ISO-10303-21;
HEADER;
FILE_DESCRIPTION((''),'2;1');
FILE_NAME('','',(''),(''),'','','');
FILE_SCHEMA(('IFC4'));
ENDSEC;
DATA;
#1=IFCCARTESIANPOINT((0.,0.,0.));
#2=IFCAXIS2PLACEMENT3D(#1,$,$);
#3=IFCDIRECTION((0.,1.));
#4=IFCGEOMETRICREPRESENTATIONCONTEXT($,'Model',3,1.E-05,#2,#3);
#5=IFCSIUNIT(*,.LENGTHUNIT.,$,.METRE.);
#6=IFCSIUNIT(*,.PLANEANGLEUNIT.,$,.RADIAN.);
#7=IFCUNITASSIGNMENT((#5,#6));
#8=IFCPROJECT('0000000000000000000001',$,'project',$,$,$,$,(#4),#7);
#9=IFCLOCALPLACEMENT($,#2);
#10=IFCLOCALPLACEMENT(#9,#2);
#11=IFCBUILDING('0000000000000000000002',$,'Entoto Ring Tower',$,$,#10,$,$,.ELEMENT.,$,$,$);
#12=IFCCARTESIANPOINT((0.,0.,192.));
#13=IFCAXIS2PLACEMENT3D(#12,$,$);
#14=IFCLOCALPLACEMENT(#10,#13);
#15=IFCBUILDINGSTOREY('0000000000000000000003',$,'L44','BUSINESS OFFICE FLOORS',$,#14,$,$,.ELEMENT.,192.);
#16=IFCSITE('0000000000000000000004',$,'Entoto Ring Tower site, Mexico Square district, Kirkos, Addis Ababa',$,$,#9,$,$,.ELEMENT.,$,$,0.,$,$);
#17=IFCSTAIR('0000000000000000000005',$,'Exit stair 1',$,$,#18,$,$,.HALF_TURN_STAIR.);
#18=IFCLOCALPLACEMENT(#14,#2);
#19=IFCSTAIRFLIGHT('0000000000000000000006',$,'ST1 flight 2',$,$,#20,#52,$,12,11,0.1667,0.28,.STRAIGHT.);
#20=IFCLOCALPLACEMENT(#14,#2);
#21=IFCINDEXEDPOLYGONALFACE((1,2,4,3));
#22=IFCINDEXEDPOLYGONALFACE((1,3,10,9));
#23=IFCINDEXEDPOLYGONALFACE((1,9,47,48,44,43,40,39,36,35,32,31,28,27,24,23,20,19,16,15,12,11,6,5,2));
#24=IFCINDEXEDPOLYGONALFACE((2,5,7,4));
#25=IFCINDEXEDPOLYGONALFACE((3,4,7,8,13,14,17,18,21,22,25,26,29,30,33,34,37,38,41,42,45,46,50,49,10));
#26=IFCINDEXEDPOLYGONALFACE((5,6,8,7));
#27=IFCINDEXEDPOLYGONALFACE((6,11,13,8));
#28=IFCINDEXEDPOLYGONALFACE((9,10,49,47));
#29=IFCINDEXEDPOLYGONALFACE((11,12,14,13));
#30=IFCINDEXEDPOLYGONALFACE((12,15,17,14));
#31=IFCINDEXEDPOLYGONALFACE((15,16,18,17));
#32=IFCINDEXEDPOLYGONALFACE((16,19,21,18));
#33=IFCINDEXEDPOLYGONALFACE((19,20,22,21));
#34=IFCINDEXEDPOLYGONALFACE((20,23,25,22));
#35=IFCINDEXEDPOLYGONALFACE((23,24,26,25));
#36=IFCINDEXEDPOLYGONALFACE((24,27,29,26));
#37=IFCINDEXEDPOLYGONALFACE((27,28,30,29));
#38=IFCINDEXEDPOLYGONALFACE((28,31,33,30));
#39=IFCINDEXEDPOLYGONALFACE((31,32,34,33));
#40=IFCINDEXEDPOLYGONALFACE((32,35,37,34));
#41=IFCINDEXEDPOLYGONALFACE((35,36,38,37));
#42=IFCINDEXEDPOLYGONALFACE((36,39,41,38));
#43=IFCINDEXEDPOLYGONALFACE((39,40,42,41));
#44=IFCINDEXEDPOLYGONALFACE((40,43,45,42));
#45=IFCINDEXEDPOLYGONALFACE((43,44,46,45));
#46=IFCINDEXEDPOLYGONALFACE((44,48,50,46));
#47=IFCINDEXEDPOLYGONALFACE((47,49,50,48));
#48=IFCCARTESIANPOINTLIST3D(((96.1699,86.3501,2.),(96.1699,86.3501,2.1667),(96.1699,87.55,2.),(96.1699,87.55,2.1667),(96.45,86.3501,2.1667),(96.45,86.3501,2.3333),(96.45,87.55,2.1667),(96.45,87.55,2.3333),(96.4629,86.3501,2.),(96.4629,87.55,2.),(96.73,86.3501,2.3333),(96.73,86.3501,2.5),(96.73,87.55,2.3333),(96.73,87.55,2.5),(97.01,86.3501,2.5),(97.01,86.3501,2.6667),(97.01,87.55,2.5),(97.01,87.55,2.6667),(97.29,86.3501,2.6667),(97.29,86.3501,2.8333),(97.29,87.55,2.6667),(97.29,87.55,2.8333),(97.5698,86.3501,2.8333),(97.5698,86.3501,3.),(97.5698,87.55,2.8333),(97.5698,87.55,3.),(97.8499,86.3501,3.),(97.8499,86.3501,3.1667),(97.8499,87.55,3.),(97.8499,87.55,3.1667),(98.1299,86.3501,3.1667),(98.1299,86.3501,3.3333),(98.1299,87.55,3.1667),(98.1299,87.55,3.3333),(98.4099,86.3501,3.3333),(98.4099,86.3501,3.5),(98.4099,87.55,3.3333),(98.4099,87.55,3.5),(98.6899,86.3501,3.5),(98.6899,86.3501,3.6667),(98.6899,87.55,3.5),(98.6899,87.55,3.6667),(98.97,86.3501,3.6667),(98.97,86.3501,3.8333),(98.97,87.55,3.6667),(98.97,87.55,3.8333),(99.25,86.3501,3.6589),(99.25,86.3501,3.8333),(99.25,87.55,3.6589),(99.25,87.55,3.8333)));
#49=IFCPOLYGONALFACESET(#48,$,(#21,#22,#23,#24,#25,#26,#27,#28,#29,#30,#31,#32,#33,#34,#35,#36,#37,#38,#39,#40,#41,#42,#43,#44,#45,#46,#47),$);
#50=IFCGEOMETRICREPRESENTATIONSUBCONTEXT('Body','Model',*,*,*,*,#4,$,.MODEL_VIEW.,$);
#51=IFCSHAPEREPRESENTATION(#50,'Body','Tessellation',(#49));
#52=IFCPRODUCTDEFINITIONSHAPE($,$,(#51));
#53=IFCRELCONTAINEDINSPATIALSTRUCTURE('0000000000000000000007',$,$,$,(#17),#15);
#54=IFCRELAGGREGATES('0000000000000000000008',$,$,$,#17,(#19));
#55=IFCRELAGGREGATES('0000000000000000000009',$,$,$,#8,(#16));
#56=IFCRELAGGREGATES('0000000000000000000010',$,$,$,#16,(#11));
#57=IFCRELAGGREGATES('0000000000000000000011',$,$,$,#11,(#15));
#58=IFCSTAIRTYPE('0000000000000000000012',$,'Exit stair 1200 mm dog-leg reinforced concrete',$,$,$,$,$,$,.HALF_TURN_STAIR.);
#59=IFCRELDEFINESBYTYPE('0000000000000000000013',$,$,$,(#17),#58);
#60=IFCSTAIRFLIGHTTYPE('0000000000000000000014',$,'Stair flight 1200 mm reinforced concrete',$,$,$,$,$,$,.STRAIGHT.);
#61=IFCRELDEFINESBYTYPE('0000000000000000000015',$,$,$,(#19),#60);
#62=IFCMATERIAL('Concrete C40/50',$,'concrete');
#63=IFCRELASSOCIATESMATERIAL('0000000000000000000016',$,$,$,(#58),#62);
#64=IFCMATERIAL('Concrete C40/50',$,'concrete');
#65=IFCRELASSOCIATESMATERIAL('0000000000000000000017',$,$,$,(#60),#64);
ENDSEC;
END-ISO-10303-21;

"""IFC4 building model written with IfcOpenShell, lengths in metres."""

from ifc_helpers import new_model, si_unit, direction, frame, origin, place, context, subcontext, project, spatial, polyline, outline, extrude, material, type_object, element, aggregate, save


model = new_model("IFC4")

# Units and contexts
model_context = context("Model", 3, precision=1e-05, world=origin(), true_north=direction((0.0, 1.0)))
body_context = subcontext(model_context, "Body", "Model", "MODEL_VIEW")
ifc_project = project(units=[si_unit("LENGTHUNIT", "METRE"), si_unit("PLANEANGLEUNIT", "RADIAN")], contexts=[model_context])

# Site, building, storey
site_placement = place(None, origin())
site = spatial("IfcSite", under=ifc_project, at=site_placement, Name="Entoto Ring Tower site, Mexico Square district, Kirkos, Addis Ababa", CompositionType="ELEMENT", RefElevation=0.0)
building_placement = place(site_placement, origin())
building = spatial("IfcBuilding", under=site, at=building_placement, Name="Entoto Ring Tower", CompositionType="ELEMENT")
storey_placement = place(building_placement, frame((0.0, 0.0, 192.0)))
storey = spatial("IfcBuildingStorey", under=building, at=storey_placement, Name="L44", Description="BUSINESS OFFICE FLOORS", CompositionType="ELEMENT", Elevation=192.0)

# Stair, stair flight
ifc_material_1 = material(Name="Concrete C40/50", Category="concrete")
stair_type = type_object("IfcStairType", Name="Exit stair 1200 mm dog-leg reinforced concrete", PredefinedType="HALF_TURN_STAIR", material=ifc_material_1)
stair_placement = place(storey_placement, origin())
stair = element("IfcStair", 1, at=stair_placement, inside=storey, type_object=stair_type, Name="Exit stair 1", PredefinedType="HALF_TURN_STAIR")
ifc_material_2 = material(Name="Concrete C40/50", Category="concrete")
stair_flight_type = type_object("IfcStairFlightType", Name="Stair flight 1200 mm reinforced concrete", PredefinedType="STRAIGHT", material=ifc_material_2)
stair_flight_1_placement = place(storey_placement, frame((96.1699, 86.95, 2.0), z_axis=(0.0, 0.0, 1.0), x_axis=(1.0, 0.0, 0.0)))
stair_flight_1 = element("IfcStairFlight", 2, at=stair_flight_1_placement, type_object=stair_flight_type, Name="ST1 flight 2", NumberOfRisers=12, NumberOfTreads=11, PredefinedType="STRAIGHT", RiserHeight=0.1667, TreadLength=0.28, context=body_context, shape_type="SweptSolid", body=[
    extrude(outline(polyline([(0.0, 0.0), (0.0, 0.1667), (0.28, 0.1667), (0.28, 0.3333), (0.5601, 0.3333), (0.5601, 0.5), (0.8401, 0.5), (0.8401, 0.6667), (1.1201, 0.6667), (1.1201, 0.8333), (1.3999, 0.8333), (1.3999, 1.0), (1.6799, 1.0), (1.6799, 1.1667), (1.96, 1.1667), (1.96, 1.3333), (2.24, 1.3333), (2.24, 1.5), (2.52, 1.5), (2.52, 1.6667), (2.8, 1.6667), (2.8, 1.8333), (3.0801, 1.8333), (3.0801, 2.0), (3.0801, 1.6589), (0.293, 0.0), (0.0, 0.0)])), frame((0.0, 0.6001, 0.0), z_axis=(0.0, -1.0, 0.0), x_axis=(1.0, 0.0, 0.0)), (0.0, 0.0, 1.0), 1.2),
])
aggregate(stair, [stair_flight_1])

save(model, "model.ifc")
